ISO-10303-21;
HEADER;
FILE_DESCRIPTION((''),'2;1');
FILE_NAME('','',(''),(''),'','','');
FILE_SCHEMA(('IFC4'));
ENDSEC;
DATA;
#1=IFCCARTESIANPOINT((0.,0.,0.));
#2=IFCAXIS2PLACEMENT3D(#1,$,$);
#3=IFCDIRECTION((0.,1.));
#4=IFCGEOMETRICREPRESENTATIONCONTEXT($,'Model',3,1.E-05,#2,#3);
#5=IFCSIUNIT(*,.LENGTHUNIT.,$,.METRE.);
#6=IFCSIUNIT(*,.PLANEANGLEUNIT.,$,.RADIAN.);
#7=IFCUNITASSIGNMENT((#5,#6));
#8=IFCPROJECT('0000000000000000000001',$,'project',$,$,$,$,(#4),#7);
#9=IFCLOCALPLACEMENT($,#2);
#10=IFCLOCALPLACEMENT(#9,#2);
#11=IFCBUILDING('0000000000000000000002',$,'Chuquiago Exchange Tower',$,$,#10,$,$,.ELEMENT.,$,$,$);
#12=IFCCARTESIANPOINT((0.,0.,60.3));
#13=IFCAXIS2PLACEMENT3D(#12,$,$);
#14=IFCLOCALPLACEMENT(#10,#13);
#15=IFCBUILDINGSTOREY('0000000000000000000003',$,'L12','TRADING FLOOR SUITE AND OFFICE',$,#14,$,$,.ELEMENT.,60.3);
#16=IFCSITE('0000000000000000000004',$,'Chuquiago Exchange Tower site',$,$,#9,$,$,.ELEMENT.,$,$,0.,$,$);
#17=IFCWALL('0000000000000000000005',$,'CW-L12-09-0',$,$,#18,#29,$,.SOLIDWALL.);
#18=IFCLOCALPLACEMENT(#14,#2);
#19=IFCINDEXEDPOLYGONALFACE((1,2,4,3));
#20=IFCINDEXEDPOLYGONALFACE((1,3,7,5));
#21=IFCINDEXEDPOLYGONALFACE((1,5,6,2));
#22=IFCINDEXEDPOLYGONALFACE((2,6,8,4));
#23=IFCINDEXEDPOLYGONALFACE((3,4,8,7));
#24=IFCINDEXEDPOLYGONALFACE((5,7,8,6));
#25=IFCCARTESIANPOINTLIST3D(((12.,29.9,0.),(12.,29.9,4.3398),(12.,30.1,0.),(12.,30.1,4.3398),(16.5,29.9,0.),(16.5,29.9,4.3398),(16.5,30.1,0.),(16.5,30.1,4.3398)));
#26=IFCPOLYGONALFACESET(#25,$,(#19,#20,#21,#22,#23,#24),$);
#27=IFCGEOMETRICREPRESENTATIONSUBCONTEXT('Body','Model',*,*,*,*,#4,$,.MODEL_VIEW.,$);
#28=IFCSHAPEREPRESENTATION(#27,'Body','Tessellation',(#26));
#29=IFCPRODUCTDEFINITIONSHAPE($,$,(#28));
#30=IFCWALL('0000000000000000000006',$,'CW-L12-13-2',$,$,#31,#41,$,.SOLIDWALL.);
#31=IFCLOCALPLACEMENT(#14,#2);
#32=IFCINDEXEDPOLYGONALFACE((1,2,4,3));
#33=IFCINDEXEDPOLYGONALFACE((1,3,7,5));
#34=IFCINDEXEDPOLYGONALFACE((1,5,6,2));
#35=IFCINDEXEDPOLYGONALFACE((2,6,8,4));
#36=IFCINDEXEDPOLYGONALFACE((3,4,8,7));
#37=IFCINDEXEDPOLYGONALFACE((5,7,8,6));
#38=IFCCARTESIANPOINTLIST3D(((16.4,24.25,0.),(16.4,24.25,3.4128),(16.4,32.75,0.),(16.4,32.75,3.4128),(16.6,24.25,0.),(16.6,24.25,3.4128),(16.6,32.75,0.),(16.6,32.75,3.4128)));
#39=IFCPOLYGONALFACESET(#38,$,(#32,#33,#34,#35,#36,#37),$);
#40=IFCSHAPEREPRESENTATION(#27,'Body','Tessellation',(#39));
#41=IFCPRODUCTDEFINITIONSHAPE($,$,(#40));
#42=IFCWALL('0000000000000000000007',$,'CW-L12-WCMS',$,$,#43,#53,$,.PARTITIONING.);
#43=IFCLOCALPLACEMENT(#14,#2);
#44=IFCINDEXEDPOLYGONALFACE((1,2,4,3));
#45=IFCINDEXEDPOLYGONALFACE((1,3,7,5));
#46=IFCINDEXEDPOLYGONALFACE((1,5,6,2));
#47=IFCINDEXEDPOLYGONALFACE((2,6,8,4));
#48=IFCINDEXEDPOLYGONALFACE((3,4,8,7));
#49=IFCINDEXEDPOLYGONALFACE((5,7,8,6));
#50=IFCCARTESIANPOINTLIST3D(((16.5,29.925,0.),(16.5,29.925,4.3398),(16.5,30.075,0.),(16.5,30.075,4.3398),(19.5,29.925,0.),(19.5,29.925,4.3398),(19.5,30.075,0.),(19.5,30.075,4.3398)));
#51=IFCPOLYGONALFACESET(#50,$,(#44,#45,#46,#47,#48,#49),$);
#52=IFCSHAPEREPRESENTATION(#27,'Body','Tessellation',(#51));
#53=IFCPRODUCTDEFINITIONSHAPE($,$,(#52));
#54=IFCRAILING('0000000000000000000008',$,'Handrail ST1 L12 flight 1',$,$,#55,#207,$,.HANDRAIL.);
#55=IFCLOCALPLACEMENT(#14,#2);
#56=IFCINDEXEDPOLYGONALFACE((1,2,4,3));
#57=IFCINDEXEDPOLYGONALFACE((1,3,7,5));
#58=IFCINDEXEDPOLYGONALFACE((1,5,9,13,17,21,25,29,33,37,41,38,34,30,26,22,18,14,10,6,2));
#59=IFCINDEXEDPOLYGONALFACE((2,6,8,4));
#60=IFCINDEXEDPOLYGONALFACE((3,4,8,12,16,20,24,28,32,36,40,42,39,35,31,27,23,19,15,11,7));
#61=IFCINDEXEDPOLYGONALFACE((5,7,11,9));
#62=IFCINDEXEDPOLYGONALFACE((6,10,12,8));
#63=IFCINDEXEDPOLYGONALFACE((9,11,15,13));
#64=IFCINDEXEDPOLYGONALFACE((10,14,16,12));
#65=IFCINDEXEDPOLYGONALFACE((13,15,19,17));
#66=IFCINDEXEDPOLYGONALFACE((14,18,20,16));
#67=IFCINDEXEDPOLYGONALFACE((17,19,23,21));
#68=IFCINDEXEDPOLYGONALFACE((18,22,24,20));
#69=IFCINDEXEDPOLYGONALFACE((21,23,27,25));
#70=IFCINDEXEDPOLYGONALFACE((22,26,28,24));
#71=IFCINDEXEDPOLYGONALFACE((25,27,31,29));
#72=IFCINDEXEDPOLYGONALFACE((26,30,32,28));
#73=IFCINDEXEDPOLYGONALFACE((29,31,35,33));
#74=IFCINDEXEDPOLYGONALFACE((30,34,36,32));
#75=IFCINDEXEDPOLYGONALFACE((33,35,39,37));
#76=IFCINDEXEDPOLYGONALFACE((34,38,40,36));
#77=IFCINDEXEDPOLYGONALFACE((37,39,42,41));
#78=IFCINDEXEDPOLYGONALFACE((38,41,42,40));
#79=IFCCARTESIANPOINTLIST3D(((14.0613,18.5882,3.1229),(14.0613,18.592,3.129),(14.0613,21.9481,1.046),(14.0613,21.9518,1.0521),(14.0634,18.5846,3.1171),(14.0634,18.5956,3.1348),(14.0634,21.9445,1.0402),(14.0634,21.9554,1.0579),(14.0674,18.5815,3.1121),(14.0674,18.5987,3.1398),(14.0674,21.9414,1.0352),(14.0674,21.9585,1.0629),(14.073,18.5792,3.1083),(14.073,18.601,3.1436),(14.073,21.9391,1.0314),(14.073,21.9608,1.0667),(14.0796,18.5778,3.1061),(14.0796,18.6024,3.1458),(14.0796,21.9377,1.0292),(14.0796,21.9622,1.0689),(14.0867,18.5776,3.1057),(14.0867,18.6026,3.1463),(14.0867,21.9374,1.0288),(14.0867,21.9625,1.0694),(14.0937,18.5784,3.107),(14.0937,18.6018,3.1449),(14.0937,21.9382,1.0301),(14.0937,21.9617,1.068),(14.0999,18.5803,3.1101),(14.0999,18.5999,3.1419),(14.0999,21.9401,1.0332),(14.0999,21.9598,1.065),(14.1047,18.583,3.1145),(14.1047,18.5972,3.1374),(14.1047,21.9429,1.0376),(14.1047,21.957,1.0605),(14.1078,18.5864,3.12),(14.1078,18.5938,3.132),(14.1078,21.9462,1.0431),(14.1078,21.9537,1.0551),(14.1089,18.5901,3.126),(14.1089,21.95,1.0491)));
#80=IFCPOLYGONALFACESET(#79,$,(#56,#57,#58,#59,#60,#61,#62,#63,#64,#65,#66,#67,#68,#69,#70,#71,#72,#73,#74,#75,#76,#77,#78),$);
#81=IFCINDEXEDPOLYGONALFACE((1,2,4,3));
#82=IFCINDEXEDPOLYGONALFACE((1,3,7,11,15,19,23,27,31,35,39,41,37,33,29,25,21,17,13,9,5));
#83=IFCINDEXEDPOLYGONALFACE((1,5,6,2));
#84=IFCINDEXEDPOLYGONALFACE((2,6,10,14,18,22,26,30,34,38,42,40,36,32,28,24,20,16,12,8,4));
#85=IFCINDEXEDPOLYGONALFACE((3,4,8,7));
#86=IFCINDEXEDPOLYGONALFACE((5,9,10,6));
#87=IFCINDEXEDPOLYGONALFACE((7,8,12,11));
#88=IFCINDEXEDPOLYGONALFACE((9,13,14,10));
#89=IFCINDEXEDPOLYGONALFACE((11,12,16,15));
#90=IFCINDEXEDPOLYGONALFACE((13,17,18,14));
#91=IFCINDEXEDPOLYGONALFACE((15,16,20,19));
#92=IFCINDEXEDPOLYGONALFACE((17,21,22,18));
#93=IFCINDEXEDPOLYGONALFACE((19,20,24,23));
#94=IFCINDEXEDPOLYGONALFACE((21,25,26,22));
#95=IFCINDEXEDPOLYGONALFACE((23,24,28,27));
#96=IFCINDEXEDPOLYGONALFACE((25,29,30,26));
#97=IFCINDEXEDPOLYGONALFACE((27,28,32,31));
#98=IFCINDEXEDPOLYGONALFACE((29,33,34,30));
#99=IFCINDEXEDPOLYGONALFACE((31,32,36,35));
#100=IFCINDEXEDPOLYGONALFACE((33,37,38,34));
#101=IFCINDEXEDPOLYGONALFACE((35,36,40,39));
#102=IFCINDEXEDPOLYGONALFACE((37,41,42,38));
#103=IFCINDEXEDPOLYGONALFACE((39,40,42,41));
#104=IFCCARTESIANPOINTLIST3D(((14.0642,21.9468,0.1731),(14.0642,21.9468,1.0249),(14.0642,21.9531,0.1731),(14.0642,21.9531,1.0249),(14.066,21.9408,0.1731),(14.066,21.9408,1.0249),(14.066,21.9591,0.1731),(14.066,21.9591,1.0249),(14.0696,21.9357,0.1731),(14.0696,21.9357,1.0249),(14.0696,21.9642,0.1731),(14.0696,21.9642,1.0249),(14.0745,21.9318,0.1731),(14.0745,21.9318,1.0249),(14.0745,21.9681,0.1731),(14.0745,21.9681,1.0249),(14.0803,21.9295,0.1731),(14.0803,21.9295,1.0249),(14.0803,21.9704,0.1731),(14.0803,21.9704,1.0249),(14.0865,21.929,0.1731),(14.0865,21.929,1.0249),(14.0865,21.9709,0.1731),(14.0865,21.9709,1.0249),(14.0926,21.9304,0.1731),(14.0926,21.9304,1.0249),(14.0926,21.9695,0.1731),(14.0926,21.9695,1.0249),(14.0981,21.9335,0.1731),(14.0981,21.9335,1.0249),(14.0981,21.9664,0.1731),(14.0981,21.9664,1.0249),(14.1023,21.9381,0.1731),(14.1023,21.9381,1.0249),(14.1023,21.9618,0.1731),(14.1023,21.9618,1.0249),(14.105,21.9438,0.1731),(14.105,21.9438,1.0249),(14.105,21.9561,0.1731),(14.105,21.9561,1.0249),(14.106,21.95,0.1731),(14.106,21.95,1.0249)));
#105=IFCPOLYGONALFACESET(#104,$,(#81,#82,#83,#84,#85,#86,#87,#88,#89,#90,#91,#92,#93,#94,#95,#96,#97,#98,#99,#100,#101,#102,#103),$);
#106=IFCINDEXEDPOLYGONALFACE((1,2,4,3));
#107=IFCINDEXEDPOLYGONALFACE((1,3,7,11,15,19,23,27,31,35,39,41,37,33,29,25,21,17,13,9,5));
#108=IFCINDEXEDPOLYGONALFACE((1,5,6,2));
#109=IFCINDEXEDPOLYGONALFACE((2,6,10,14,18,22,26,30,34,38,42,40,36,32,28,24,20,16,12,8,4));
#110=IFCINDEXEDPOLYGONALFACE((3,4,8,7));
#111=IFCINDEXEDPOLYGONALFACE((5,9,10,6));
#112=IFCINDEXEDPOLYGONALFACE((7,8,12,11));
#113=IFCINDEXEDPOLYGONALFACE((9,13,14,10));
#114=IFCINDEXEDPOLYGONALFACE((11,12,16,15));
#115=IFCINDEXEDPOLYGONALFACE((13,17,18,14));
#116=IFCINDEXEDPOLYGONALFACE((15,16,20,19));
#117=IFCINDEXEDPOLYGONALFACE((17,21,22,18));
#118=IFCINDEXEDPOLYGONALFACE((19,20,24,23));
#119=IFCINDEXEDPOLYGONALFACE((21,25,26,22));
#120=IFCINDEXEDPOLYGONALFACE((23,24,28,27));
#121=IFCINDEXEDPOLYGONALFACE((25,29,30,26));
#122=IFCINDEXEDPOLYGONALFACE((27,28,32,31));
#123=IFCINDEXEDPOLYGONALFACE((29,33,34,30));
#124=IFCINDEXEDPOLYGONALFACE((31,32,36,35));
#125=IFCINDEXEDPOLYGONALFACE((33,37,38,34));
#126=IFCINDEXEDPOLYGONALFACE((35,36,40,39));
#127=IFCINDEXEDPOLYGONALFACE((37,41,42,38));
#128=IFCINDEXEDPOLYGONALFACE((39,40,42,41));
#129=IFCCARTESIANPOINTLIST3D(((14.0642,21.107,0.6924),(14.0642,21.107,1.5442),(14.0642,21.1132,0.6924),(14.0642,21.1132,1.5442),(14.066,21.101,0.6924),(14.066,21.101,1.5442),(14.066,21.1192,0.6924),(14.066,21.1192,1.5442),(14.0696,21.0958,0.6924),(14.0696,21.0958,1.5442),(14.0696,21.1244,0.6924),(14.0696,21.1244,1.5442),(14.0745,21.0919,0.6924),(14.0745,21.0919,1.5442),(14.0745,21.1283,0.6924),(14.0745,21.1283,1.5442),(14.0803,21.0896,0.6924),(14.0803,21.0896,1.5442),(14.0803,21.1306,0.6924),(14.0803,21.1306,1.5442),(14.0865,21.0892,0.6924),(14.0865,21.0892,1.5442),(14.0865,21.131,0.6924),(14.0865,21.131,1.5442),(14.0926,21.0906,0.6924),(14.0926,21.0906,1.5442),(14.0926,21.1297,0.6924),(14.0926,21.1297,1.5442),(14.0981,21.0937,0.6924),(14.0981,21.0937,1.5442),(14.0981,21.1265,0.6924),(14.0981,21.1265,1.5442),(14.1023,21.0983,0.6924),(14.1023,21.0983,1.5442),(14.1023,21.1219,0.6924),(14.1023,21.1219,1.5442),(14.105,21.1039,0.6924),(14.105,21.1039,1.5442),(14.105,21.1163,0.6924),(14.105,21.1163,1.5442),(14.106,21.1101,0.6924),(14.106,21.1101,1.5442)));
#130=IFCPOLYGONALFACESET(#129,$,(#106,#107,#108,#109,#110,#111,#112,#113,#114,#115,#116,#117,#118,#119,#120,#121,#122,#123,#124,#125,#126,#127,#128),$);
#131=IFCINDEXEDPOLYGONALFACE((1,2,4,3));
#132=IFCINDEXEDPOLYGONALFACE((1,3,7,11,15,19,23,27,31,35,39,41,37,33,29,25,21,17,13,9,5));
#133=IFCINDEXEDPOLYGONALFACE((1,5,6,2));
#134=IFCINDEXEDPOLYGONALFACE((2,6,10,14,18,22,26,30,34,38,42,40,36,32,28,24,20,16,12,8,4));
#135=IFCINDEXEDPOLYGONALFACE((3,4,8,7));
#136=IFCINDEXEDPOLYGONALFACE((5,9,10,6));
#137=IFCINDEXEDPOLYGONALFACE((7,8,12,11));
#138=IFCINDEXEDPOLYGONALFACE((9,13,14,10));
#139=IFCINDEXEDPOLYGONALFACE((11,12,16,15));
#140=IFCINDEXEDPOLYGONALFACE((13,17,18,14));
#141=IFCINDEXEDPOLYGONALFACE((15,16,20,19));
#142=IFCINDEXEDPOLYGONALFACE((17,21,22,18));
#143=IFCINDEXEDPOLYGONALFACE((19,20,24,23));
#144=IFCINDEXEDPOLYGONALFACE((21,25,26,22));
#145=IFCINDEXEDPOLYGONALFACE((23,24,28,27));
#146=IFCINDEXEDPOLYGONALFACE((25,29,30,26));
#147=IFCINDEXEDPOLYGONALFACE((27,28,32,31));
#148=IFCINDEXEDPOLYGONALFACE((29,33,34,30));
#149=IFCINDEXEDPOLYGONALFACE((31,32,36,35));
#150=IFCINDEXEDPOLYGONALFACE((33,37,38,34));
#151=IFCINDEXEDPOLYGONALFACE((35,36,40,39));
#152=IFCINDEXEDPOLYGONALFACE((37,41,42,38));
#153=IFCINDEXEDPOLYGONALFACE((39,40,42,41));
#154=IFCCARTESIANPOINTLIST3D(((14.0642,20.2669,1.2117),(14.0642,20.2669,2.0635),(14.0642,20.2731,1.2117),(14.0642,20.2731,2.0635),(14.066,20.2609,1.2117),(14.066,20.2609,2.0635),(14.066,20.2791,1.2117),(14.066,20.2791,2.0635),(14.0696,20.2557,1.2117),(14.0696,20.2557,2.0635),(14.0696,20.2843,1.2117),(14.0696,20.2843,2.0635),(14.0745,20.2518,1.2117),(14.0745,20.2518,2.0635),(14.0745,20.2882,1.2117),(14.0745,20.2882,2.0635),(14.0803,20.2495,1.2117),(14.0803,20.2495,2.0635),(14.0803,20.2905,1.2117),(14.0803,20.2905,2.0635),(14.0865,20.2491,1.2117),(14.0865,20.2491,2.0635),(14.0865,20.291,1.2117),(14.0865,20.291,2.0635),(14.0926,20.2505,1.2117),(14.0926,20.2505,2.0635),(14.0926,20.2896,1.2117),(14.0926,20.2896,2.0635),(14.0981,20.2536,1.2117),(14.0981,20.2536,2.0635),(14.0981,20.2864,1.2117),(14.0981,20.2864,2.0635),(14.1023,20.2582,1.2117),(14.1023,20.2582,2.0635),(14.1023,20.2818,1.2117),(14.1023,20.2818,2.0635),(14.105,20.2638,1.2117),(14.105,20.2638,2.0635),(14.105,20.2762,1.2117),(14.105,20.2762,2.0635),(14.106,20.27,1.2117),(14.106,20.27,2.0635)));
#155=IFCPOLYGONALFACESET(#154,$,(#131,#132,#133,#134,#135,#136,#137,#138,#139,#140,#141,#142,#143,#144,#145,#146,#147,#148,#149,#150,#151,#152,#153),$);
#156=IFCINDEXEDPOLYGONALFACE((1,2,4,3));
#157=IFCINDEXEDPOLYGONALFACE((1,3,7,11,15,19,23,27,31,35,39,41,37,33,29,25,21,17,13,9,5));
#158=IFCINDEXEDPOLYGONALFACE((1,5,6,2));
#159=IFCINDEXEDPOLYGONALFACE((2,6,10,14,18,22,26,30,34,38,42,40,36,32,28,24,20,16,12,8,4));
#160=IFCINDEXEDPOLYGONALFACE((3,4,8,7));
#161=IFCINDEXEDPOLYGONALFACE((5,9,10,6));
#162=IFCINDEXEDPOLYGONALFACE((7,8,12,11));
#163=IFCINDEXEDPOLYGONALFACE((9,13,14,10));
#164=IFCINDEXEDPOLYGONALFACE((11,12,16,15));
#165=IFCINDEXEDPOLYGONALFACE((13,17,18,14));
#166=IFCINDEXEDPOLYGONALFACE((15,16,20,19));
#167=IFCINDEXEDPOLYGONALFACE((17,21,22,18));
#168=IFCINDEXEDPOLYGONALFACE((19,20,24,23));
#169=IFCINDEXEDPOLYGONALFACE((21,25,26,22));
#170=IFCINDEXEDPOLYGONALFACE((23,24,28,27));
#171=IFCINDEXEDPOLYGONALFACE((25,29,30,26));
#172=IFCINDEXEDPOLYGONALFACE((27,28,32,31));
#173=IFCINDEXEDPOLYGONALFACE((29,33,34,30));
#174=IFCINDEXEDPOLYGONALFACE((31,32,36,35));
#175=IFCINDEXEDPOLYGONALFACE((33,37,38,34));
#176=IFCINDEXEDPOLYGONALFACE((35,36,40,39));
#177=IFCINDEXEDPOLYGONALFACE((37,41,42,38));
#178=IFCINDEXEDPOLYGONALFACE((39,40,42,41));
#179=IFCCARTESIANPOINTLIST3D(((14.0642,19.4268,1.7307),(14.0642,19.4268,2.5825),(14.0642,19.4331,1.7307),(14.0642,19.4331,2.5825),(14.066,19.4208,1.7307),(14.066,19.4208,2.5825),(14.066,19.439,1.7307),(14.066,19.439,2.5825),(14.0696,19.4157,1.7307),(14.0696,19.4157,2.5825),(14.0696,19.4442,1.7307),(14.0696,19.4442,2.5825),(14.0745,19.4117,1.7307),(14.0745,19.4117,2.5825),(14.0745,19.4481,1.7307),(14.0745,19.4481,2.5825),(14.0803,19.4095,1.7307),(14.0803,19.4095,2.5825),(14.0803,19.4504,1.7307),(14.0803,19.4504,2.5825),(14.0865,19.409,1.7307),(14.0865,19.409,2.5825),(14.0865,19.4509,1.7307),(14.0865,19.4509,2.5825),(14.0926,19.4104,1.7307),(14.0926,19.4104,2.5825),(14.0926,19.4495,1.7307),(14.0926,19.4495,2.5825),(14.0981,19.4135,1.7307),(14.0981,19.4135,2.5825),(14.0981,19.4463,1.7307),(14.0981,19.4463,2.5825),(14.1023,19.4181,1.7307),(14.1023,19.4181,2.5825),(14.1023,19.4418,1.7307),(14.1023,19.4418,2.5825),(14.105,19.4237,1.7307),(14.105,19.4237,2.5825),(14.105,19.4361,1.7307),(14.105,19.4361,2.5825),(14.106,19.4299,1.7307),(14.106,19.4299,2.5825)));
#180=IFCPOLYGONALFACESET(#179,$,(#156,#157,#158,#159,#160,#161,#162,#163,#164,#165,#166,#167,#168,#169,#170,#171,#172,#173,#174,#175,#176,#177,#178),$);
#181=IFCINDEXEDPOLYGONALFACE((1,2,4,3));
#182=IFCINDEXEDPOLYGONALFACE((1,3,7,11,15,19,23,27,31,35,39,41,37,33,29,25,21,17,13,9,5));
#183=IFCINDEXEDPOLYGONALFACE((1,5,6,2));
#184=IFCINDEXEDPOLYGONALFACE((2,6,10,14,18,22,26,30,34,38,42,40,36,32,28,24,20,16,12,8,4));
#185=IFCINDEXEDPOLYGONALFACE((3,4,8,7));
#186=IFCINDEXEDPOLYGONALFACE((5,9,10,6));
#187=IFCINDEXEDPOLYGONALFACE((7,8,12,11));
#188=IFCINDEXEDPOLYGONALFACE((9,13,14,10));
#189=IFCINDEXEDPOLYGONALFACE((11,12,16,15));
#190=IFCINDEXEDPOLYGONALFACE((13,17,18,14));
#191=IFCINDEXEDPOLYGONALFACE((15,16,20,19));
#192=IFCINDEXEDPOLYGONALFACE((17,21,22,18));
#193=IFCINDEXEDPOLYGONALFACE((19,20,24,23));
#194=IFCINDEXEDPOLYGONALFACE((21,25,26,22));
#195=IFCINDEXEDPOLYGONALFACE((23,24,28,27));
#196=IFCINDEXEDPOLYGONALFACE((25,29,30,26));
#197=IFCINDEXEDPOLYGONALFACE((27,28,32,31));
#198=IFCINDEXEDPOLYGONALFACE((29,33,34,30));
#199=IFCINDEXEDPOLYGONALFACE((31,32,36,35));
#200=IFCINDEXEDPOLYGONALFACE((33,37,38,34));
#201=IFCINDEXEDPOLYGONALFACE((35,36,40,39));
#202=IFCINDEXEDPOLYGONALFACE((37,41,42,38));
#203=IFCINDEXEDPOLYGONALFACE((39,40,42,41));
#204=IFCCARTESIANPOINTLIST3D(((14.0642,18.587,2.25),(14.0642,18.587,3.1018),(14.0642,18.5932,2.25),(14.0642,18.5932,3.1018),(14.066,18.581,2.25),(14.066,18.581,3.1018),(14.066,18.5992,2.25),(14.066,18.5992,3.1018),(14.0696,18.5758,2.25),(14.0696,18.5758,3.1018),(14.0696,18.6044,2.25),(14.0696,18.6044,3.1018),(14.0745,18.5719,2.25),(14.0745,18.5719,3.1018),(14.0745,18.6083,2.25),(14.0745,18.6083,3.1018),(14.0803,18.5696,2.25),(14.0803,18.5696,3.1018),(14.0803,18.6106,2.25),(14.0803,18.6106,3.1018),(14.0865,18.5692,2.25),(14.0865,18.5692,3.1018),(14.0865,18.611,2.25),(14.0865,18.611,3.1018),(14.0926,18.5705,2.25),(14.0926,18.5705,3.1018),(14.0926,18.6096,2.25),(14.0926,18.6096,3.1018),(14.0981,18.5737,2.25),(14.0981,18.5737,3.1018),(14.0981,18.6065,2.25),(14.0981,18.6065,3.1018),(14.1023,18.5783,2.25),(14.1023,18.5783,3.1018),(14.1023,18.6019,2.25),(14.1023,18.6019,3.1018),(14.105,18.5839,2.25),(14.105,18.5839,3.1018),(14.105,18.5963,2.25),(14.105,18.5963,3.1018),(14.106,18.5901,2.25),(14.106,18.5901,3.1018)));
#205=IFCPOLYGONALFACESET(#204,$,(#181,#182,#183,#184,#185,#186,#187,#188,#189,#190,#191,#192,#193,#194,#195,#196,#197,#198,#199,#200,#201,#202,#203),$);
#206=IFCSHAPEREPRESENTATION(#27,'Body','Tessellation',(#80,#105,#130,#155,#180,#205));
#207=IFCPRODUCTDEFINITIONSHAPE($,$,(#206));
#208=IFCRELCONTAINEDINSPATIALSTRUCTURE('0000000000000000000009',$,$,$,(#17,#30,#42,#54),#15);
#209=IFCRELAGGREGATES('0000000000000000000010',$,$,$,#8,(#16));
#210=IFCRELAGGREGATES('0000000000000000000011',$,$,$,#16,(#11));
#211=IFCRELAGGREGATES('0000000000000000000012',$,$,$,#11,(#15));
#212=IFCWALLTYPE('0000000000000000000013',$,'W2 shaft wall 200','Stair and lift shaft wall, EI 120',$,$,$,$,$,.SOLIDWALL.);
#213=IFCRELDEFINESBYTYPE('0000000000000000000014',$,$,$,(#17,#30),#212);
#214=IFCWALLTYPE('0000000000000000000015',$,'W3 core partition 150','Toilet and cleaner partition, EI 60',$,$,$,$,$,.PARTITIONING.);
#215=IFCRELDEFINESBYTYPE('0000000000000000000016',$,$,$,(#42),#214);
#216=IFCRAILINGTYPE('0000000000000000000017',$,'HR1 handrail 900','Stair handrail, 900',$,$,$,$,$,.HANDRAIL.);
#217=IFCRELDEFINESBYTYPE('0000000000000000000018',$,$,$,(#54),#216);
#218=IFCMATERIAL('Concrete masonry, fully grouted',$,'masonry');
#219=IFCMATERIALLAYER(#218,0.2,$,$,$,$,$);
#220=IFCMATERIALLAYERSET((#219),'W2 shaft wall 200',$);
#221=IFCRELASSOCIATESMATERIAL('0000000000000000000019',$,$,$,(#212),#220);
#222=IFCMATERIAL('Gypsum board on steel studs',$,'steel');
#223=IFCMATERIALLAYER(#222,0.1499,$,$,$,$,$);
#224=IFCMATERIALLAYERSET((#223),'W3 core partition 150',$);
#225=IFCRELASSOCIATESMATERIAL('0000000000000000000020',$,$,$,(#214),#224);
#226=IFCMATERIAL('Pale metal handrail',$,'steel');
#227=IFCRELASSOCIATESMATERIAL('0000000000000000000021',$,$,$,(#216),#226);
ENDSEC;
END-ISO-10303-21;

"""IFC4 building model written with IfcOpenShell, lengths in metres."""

from ifc_helpers import new_model, si_unit, direction, frame, frame_2d, origin, origin_2d, place, context, subcontext, project, spatial, rectangle, circle, extrude, material, layer, layer_set, type_object, element, save


model = new_model("IFC4")

# Units and contexts
model_context = context("Model", 3, precision=1e-05, world=origin(), true_north=direction((0.0, 1.0)))
body_context = subcontext(model_context, "Body", "Model", "MODEL_VIEW")
ifc_project = project(units=[si_unit("LENGTHUNIT", "METRE"), si_unit("PLANEANGLEUNIT", "RADIAN")], contexts=[model_context])

# Site, building, storey
site_placement = place(None, origin())
site = spatial("IfcSite", under=ifc_project, at=site_placement, Name="Chuquiago Exchange Tower site", CompositionType="ELEMENT", RefElevation=0.0)
building_placement = place(site_placement, origin())
building = spatial("IfcBuilding", under=site, at=building_placement, Name="Chuquiago Exchange Tower", CompositionType="ELEMENT")
storey_placement = place(building_placement, frame((0.0, 0.0, 60.3)))
storey = spatial("IfcBuildingStorey", under=building, at=storey_placement, Name="L12", Description="TRADING FLOOR SUITE AND OFFICE", CompositionType="ELEMENT", Elevation=60.3)

# Shared definitions
ifc_material_1 = material(Name="Concrete masonry, fully grouted", Category="masonry")
ifc_layer_1 = layer(ifc_material_1, 0.2)
ifc_layer_set_1 = layer_set([ifc_layer_1], Name="W2 shaft wall 200")
wall_type_1 = type_object("IfcWallType", Name="W2 shaft wall 200", Description="Stair and lift shaft wall, EI 120", PredefinedType="SOLIDWALL", material=ifc_layer_set_1)

# Walls
wall_1_placement = place(storey_placement, frame((12.0, 30.0, 0.0), z_axis=(0.0, 0.0, 1.0), x_axis=(1.0, 0.0, 0.0)))
element("IfcWall", 1, at=wall_1_placement, inside=storey, type_object=wall_type_1, Name="CW-L12-09-0", PredefinedType="SOLIDWALL", context=body_context, shape_type="SweptSolid", body=[
    extrude(rectangle(XDim=4.5, YDim=0.2, at=frame_2d((2.25, 0.0))), origin(), (0.0, 0.0, 1.0), 4.3398),
])
wall_2_placement = place(storey_placement, frame((16.5, 24.25, 0.0), z_axis=(0.0, 0.0, 1.0), x_axis=(0.0, 1.0, 0.0)))
element("IfcWall", 2, at=wall_2_placement, inside=storey, type_object=wall_type_1, Name="CW-L12-13-2", PredefinedType="SOLIDWALL", context=body_context, shape_type="SweptSolid", body=[
    extrude(rectangle(XDim=8.5, YDim=0.2, at=frame_2d((4.25, 0.0))), origin(), (0.0, 0.0, 1.0), 3.4128),
])
ifc_material_2 = material(Name="Gypsum board on steel studs", Category="steel")
ifc_layer_2 = layer(ifc_material_2, 0.1499)
ifc_layer_set_2 = layer_set([ifc_layer_2], Name="W3 core partition 150")
wall_type_2 = type_object("IfcWallType", Name="W3 core partition 150", Description="Toilet and cleaner partition, EI 60", PredefinedType="PARTITIONING", material=ifc_layer_set_2)
wall_3_placement = place(storey_placement, frame((16.5, 30.0, 0.0), z_axis=(0.0, 0.0, 1.0), x_axis=(1.0, 0.0, 0.0)))
element("IfcWall", 3, at=wall_3_placement, inside=storey, type_object=wall_type_2, Name="CW-L12-WCMS", PredefinedType="PARTITIONING", context=body_context, shape_type="SweptSolid", body=[
    extrude(rectangle(XDim=3.0, YDim=0.1499, at=frame_2d((1.5, 0.0))), origin(), (0.0, 0.0, 1.0), 4.3398),
])

# Railing
ifc_material_3 = material(Name="Pale metal handrail", Category="steel")
railing_type = type_object("IfcRailingType", Name="HR1 handrail 900", Description="Stair handrail, 900", PredefinedType="HANDRAIL", material=ifc_material_3)
railing_placement = place(storey_placement, frame((14.085, 21.95, 0.1731)))
element("IfcRailing", 4, at=railing_placement, inside=storey, type_object=railing_type, Name="Handrail ST1 L12 flight 1", PredefinedType="HANDRAIL", context=body_context, shape_type="SweptSolid", body=[
    extrude(circle(Radius=0.0239, at=origin_2d()), frame((0.0, 0.0, 0.876), z_axis=(0.0, -0.850606, 0.525803), x_axis=(1.0, 0.0, 0.0)), (0.0, 0.0, 1.0), 3.95),
    extrude(circle(Radius=0.021, at=origin_2d()), origin(), (0.0, 0.0, 1.0), 0.8518),
    extrude(circle(Radius=0.021, at=origin_2d()), frame((0.0, -0.8398, 0.5193)), (0.0, 0.0, 1.0), 0.8518),
    extrude(circle(Radius=0.021, at=origin_2d()), frame((0.0, -1.6799, 1.0386)), (0.0, 0.0, 1.0), 0.8518),
    extrude(circle(Radius=0.021, at=origin_2d()), frame((0.0, -2.52, 1.5576)), (0.0, 0.0, 1.0), 0.8518),
    extrude(circle(Radius=0.021, at=origin_2d()), frame((0.0, -3.3599, 2.0769)), (0.0, 0.0, 1.0), 0.8518),
])

save(model, "model.ifc")
